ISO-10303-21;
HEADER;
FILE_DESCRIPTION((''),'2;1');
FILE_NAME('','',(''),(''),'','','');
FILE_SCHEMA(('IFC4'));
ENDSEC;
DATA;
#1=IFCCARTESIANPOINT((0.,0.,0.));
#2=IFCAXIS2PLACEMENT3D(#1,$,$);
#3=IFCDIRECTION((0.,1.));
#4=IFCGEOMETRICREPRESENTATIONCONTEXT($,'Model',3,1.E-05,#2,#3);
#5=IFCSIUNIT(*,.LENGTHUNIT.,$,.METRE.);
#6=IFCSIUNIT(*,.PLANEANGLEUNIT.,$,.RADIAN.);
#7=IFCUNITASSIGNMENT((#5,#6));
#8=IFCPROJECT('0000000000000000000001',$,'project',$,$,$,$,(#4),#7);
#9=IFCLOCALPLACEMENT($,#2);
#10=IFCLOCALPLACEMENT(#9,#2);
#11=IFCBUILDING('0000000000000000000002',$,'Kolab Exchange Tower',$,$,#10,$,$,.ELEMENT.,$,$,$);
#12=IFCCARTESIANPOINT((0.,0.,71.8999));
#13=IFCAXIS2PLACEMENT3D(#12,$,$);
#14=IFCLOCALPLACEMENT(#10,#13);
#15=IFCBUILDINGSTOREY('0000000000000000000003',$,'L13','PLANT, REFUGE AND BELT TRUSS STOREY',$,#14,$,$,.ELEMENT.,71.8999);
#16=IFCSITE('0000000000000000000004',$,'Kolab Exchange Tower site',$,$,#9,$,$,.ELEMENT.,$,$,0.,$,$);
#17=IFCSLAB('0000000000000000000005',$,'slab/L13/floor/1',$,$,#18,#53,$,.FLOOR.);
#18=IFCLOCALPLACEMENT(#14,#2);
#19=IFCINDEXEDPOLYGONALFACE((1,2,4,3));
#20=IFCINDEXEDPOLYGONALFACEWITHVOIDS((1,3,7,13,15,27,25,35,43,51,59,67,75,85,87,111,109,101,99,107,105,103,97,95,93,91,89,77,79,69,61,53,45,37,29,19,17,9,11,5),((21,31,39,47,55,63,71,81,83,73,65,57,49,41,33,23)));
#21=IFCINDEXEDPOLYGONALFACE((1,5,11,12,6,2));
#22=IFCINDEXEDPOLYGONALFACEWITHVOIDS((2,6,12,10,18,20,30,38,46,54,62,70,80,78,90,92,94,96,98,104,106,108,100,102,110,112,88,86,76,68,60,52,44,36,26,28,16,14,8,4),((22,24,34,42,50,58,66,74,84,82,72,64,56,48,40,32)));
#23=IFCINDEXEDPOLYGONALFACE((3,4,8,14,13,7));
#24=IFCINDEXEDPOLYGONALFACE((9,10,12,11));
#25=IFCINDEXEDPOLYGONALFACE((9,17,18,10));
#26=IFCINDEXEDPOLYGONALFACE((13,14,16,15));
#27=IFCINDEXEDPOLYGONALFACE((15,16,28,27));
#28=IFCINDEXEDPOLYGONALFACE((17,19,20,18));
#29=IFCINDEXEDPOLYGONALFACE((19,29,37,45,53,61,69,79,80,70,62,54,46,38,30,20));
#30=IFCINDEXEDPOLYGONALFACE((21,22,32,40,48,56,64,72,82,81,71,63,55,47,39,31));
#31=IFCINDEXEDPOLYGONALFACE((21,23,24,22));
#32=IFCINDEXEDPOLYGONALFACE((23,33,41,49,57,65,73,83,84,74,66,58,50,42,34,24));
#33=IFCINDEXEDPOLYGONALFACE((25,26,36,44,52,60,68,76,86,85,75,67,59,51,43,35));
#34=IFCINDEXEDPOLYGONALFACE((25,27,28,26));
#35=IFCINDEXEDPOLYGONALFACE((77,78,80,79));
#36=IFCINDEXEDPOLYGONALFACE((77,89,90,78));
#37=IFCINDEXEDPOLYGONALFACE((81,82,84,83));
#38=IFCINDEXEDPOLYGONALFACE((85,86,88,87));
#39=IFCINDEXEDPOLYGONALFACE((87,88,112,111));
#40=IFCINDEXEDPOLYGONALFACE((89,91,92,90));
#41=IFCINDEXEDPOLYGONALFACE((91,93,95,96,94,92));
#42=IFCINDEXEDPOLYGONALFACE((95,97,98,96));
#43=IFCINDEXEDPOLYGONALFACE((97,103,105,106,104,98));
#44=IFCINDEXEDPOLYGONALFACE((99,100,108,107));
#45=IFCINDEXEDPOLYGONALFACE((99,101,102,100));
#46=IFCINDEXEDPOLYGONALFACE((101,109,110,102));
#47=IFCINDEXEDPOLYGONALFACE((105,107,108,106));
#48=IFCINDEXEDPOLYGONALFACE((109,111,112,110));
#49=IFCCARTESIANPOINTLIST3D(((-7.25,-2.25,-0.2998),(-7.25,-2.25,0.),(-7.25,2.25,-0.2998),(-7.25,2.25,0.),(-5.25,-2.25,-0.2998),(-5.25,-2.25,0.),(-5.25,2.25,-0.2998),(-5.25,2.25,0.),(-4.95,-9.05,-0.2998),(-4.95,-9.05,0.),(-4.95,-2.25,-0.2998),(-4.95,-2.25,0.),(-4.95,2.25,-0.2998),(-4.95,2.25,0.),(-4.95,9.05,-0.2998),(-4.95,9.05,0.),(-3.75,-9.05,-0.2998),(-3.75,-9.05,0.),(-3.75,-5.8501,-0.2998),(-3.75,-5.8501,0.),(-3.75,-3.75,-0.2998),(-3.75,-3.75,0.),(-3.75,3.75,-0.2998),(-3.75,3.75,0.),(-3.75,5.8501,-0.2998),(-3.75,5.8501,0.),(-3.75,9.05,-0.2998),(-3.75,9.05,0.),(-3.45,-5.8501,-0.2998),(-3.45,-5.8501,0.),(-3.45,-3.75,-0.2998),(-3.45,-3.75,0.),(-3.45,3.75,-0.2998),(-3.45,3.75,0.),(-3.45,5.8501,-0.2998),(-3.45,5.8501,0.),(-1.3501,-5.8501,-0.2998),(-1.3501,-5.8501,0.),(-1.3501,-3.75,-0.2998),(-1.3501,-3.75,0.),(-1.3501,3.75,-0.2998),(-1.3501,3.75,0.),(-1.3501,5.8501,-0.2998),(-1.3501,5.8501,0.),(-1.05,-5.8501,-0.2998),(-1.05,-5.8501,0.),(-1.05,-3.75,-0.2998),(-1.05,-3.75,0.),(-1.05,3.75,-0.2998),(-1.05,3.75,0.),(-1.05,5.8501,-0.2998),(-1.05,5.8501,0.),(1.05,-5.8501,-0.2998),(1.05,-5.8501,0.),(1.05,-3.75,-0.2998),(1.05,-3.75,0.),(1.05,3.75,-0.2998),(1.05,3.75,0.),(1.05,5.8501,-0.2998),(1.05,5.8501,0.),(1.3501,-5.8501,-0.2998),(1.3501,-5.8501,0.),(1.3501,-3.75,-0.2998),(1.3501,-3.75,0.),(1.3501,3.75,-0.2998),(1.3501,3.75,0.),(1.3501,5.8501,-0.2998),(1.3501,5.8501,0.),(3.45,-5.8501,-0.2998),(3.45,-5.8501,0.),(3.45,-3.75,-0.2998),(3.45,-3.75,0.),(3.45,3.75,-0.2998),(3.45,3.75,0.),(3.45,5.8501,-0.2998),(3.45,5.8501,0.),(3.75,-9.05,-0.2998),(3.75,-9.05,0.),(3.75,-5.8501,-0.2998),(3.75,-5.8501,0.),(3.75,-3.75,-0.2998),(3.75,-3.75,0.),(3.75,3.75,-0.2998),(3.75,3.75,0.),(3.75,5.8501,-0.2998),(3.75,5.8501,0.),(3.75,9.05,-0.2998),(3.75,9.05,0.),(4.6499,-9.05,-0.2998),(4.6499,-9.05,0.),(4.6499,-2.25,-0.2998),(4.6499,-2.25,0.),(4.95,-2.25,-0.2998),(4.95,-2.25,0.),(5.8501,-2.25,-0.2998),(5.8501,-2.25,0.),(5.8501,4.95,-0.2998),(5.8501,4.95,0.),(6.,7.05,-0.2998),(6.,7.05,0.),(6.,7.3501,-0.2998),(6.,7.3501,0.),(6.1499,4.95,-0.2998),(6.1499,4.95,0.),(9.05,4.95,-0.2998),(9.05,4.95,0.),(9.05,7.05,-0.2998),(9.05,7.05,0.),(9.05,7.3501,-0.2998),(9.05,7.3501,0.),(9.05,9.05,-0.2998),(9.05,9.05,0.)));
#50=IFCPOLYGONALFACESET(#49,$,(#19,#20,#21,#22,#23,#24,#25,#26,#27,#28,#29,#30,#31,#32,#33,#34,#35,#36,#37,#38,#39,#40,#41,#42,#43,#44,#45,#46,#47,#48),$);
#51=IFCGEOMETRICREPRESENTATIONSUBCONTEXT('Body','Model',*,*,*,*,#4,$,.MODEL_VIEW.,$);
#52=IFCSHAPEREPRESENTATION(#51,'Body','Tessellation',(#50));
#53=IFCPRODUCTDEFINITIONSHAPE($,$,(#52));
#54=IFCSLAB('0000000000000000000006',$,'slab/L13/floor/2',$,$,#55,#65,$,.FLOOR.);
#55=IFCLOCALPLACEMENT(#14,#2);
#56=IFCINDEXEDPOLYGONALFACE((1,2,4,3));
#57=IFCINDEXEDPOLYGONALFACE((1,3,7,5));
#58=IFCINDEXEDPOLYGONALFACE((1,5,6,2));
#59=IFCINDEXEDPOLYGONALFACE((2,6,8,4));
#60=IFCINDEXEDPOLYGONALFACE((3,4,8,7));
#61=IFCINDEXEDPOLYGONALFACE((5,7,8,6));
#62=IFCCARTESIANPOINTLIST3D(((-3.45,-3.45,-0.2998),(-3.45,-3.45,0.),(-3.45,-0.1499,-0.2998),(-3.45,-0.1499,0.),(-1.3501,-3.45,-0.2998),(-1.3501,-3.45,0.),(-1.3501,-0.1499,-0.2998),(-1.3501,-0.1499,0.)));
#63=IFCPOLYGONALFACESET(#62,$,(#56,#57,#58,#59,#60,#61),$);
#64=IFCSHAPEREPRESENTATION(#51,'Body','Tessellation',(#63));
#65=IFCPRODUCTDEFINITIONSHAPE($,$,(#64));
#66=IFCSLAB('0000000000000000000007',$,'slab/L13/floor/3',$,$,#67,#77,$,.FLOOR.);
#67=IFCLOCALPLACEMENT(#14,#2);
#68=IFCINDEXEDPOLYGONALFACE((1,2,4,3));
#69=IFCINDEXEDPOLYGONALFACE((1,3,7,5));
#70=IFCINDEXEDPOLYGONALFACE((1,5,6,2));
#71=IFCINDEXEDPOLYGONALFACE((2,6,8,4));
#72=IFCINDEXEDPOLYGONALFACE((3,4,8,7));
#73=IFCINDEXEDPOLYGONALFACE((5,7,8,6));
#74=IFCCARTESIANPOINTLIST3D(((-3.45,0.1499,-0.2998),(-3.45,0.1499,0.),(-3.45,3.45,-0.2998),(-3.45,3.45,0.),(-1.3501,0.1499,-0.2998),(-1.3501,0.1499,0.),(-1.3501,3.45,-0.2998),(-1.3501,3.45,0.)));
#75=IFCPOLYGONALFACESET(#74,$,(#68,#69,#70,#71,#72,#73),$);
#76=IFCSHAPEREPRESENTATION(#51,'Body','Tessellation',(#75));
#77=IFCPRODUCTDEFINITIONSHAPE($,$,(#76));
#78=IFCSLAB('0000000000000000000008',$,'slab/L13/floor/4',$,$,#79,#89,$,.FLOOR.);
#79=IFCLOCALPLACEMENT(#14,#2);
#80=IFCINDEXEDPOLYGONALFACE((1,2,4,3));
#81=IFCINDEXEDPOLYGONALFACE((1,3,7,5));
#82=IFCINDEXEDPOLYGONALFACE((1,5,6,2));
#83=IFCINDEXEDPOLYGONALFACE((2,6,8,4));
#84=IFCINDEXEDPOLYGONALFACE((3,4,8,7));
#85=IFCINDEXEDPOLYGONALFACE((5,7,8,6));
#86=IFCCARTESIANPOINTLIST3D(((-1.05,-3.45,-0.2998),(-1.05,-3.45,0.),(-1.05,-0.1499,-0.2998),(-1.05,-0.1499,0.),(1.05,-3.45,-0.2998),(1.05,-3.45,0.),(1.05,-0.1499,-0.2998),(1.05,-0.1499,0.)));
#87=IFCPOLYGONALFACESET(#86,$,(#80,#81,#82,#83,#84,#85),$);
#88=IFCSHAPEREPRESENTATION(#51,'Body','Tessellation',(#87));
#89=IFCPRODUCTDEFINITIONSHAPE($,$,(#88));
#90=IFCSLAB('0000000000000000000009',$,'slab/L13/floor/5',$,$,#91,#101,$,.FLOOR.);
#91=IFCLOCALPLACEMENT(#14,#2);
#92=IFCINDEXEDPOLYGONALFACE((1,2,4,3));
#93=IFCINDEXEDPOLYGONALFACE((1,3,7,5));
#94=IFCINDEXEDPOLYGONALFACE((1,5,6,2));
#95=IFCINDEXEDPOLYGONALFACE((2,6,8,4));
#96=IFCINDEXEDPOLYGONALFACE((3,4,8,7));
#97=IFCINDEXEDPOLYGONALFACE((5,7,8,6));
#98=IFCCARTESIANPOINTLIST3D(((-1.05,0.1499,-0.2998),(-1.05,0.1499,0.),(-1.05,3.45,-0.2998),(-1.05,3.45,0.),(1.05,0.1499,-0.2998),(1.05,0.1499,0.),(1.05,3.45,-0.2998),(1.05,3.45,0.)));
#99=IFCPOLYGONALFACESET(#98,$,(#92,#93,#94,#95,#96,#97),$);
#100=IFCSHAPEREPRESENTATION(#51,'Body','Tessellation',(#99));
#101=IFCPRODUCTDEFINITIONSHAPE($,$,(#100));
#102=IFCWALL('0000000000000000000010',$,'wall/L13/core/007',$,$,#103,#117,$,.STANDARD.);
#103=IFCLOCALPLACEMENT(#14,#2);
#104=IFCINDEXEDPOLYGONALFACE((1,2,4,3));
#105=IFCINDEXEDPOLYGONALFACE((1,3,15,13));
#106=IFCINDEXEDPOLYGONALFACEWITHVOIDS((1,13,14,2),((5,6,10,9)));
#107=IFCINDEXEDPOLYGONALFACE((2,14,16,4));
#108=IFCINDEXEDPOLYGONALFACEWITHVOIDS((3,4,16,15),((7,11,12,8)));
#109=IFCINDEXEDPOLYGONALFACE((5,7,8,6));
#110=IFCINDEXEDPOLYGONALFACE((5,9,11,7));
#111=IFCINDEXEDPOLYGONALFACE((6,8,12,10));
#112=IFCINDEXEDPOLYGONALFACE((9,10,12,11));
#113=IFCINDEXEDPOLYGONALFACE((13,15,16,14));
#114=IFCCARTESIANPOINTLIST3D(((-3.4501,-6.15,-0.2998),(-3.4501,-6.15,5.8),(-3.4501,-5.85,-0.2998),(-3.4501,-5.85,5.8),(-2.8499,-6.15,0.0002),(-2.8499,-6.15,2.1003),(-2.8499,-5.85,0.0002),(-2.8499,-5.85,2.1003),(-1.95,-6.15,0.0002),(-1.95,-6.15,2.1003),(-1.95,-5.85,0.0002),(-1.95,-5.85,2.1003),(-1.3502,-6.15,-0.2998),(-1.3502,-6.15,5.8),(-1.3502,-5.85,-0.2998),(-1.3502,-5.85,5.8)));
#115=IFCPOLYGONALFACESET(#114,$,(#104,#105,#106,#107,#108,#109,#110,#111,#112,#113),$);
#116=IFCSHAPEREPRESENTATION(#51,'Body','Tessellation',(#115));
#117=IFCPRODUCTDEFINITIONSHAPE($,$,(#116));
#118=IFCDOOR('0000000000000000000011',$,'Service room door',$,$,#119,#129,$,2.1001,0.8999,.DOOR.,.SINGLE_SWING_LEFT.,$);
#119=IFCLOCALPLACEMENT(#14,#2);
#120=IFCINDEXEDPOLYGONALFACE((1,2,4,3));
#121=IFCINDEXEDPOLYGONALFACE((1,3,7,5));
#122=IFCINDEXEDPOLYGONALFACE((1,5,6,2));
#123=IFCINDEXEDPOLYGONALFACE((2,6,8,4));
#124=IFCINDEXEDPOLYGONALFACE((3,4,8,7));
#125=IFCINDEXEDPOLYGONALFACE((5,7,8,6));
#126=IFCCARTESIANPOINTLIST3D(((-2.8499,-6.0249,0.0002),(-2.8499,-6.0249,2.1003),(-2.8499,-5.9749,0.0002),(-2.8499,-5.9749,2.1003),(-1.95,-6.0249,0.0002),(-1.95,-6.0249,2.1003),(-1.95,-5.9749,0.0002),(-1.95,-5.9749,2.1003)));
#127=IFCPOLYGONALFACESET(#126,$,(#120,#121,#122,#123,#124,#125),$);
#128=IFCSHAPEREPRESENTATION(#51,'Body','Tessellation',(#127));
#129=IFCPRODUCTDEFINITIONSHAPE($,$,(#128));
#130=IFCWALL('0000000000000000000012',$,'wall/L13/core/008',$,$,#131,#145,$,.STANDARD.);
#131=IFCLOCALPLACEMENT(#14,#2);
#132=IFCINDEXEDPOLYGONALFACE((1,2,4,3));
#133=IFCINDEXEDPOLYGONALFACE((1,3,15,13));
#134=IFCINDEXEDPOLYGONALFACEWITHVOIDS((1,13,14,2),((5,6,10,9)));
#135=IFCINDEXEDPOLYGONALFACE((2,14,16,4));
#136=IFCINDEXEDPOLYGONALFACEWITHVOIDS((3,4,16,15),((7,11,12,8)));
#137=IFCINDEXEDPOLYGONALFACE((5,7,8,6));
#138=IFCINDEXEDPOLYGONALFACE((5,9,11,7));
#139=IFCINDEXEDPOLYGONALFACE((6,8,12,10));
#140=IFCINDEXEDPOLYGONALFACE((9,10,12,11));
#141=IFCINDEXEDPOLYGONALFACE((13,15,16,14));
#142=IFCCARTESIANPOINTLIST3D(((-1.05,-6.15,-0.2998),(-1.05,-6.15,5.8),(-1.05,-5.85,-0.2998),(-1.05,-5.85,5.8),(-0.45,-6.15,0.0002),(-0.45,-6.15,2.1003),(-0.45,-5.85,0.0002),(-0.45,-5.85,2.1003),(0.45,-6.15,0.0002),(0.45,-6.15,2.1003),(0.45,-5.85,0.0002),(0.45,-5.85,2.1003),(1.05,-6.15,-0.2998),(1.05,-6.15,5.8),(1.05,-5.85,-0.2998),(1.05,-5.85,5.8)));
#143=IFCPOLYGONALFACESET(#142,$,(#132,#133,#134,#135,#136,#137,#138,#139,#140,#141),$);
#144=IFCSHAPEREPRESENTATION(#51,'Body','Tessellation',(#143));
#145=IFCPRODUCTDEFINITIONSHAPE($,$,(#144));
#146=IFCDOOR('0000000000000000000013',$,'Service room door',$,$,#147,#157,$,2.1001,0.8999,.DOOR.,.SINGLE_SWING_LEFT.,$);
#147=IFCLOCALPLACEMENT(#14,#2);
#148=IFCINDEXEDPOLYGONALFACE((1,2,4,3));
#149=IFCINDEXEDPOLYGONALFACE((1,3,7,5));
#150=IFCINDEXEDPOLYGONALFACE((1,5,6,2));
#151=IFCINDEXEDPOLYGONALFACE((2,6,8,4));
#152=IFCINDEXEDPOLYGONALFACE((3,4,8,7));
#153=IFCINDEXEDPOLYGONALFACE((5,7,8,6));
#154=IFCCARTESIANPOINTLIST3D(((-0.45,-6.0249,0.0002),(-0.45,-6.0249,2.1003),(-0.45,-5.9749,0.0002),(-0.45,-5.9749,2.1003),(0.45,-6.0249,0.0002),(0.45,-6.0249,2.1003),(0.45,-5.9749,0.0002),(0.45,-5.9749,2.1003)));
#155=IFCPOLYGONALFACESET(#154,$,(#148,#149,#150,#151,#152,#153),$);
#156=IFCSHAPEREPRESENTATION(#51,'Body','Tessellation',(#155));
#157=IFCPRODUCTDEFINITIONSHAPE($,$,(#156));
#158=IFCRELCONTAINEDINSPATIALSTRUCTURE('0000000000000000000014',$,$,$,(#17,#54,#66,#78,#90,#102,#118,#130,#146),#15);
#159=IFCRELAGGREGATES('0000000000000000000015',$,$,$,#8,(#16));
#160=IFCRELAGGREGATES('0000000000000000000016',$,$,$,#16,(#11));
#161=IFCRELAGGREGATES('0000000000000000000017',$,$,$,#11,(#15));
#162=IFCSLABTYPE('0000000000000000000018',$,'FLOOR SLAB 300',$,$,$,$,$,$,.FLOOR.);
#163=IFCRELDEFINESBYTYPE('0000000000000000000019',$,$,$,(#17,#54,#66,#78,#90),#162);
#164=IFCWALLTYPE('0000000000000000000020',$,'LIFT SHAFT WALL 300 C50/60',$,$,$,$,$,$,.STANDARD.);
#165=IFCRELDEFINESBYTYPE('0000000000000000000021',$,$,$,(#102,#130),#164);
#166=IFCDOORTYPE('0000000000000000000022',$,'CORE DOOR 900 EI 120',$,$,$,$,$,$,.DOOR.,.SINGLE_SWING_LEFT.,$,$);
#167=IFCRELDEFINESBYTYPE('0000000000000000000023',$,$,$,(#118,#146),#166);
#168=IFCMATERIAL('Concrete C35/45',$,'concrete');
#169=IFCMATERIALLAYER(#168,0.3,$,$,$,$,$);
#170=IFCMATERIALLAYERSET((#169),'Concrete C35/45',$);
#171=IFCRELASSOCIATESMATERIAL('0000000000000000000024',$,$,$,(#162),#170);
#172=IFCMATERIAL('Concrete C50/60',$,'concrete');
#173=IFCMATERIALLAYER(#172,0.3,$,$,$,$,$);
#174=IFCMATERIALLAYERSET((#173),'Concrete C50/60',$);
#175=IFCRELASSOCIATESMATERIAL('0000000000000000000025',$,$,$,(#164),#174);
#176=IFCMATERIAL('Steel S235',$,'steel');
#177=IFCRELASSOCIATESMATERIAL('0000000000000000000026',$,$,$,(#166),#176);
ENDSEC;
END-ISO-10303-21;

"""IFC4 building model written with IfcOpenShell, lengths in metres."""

from ifc_helpers import new_model, si_unit, direction, frame, frame_2d, origin, place, context, subcontext, project, spatial, polyline, rectangle, outline, extrude, material, layer, layer_set, type_object, element, fill, save


model = new_model("IFC4")

# Units and contexts
model_context = context("Model", 3, precision=1e-05, world=origin(), true_north=direction((0.0, 1.0)))
body_context = subcontext(model_context, "Body", "Model", "MODEL_VIEW")
ifc_project = project(units=[si_unit("LENGTHUNIT", "METRE"), si_unit("PLANEANGLEUNIT", "RADIAN")], contexts=[model_context])

# Site, building, storey
site_placement = place(None, origin())
site = spatial("IfcSite", under=ifc_project, at=site_placement, Name="Kolab Exchange Tower site", CompositionType="ELEMENT", RefElevation=0.0)
building_placement = place(site_placement, origin())
building = spatial("IfcBuilding", under=site, at=building_placement, Name="Kolab Exchange Tower", CompositionType="ELEMENT")
storey_placement = place(building_placement, frame((0.0, 0.0, 71.8999)))
storey = spatial("IfcBuildingStorey", under=building, at=storey_placement, Name="L13", Description="PLANT, REFUGE AND BELT TRUSS STOREY", CompositionType="ELEMENT", Elevation=71.8999)

# Slabs
ifc_material_1 = material(Name="Concrete C35/45", Category="concrete")
ifc_layer_1 = layer(ifc_material_1, 0.3)
ifc_layer_set_1 = layer_set([ifc_layer_1], Name="Concrete C35/45")
slab_type = type_object("IfcSlabType", Name="FLOOR SLAB 300", PredefinedType="FLOOR", material=ifc_layer_set_1)
slab_1_placement = place(storey_placement, frame((0.0, 0.0, -0.2998)))
element("IfcSlab", 1, at=slab_1_placement, inside=storey, type_object=slab_type, Name="slab/L13/floor/1", PredefinedType="FLOOR", context=body_context, shape_type="SweptSolid", body=[
    extrude(outline(polyline([(-5.25, 2.25), (-7.25, 2.25), (-7.25, -2.25), (-5.25, -2.25), (-4.95, -2.25), (-4.95, -9.05), (-3.75, -9.05), (-3.75, -5.8501), (-3.45, -5.8501), (-1.3501, -5.8501), (-1.05, -5.8501), (1.05, -5.8501), (1.3501, -5.8501), (3.45, -5.8501), (3.75, -5.8501), (3.75, -9.05), (4.6499, -9.05), (4.6499, -2.25), (4.95, -2.25), (5.8501, -2.25), (5.8501, 4.95), (6.1499, 4.95), (9.05, 4.95), (9.05, 7.05), (6.0, 7.05), (6.0, 7.3501), (9.05, 7.3501), (9.05, 9.05), (3.75, 9.05), (3.75, 5.8501), (3.45, 5.8501), (1.3501, 5.8501), (1.05, 5.8501), (-1.05, 5.8501), (-1.3501, 5.8501), (-3.45, 5.8501), (-3.75, 5.8501), (-3.75, 9.05), (-4.95, 9.05), (-4.95, 2.25), (-5.25, 2.25)]), holes=[polyline([(-1.3501, 3.75), (-1.05, 3.75), (1.05, 3.75), (1.3501, 3.75), (3.45, 3.75), (3.75, 3.75), (3.75, -3.75), (3.45, -3.75), (1.3501, -3.75), (1.05, -3.75), (-1.05, -3.75), (-1.3501, -3.75), (-3.45, -3.75), (-3.75, -3.75), (-3.75, 3.75), (-3.45, 3.75), (-1.3501, 3.75)])]), origin(), (0.0, 0.0, 1.0), 0.2998),
])
slab_2_placement = place(storey_placement, frame((0.0, 0.0, -0.2998)))
element("IfcSlab", 2, at=slab_2_placement, inside=storey, type_object=slab_type, Name="slab/L13/floor/2", PredefinedType="FLOOR", context=body_context, shape_type="SweptSolid", body=[
    extrude(outline(polyline([(-3.45, -3.45), (-1.3501, -3.45), (-1.3501, -0.1499), (-3.45, -0.1499), (-3.45, -3.45)])), origin(), (0.0, 0.0, 1.0), 0.2998),
])
slab_3_placement = place(storey_placement, frame((0.0, 0.0, -0.2998)))
element("IfcSlab", 3, at=slab_3_placement, inside=storey, type_object=slab_type, Name="slab/L13/floor/3", PredefinedType="FLOOR", context=body_context, shape_type="SweptSolid", body=[
    extrude(outline(polyline([(-1.3501, 0.1499), (-1.3501, 3.45), (-3.45, 3.45), (-3.45, 0.1499), (-1.3501, 0.1499)])), origin(), (0.0, 0.0, 1.0), 0.2998),
])
slab_4_placement = place(storey_placement, frame((0.0, 0.0, -0.2998)))
element("IfcSlab", 4, at=slab_4_placement, inside=storey, type_object=slab_type, Name="slab/L13/floor/4", PredefinedType="FLOOR", context=body_context, shape_type="SweptSolid", body=[
    extrude(outline(polyline([(-1.05, -0.1499), (-1.05, -3.45), (1.05, -3.45), (1.05, -0.1499), (-1.05, -0.1499)])), origin(), (0.0, 0.0, 1.0), 0.2998),
])
slab_5_placement = place(storey_placement, frame((0.0, 0.0, -0.2998)))
element("IfcSlab", 5, at=slab_5_placement, inside=storey, type_object=slab_type, Name="slab/L13/floor/5", PredefinedType="FLOOR", context=body_context, shape_type="SweptSolid", body=[
    extrude(outline(polyline([(-1.05, 3.45), (-1.05, 0.1499), (1.05, 0.1499), (1.05, 3.45), (-1.05, 3.45)])), origin(), (0.0, 0.0, 1.0), 0.2998),
])

# Walls, openings, doors
ifc_material_2 = material(Name="Concrete C50/60", Category="concrete")
ifc_layer_2 = layer(ifc_material_2, 0.3)
ifc_layer_set_2 = layer_set([ifc_layer_2], Name="Concrete C50/60")
wall_type_1 = type_object("IfcWallType", Name="LIFT SHAFT WALL 300 C50/60", PredefinedType="STANDARD", material=ifc_layer_set_2)
wall_1_placement = place(storey_placement, frame((-3.45, -6.0, -0.2998), z_axis=(0.0, 0.0, 1.0), x_axis=(1.0, 0.0, 0.0)))
wall_1 = element("IfcWall", 6, at=wall_1_placement, inside=storey, type_object=wall_type_1, Name="wall/L13/core/007", PredefinedType="STANDARD", context=body_context, shape_type="SweptSolid", body=[
    extrude(rectangle(XDim=2.0999, YDim=0.3, at=frame_2d((1.0498, 0.0))), origin(), (0.0, 0.0, 1.0), 6.0999),
])
opening_1_placement = place(wall_1_placement, frame((0.6001, 0.0, 0.3)))
opening_1 = element("IfcOpeningElement", 7, at=opening_1_placement, cuts=wall_1, PredefinedType="OPENING", context=body_context, shape_type="SweptSolid", body=[
    extrude(rectangle(XDim=0.8999, YDim=2.1001, at=frame_2d((0.45, 1.05))), frame((0.0, 0.1602, 0.0), z_axis=(0.0, -1.0, 0.0), x_axis=(1.0, 0.0, 0.0)), (0.0, 0.0, 1.0), 0.3201),
])
ifc_material_3 = material(Name="Steel S235", Category="steel")
door_type = type_object("IfcDoorType", Name="CORE DOOR 900 EI 120", OperationType="SINGLE_SWING_LEFT", PredefinedType="DOOR", material=ifc_material_3)
door_1_placement = place(opening_1_placement, frame((0.8999, 0.0, 0.0), z_axis=(0.0, 0.0, 1.0), x_axis=(-1.0, 0.0, 0.0)))
door_1 = element("IfcDoor", 8, at=door_1_placement, inside=storey, type_object=door_type, Name="Service room door", OperationType="SINGLE_SWING_LEFT", OverallHeight=2.1001, OverallWidth=0.8999, PredefinedType="DOOR", context=body_context, shape_type="SweptSolid", body=[
    extrude(rectangle(XDim=0.8999, YDim=2.1001, at=frame_2d((0.45, 1.05))), frame((0.0, 0.0249, 0.0), z_axis=(0.0, -1.0, 0.0), x_axis=(1.0, 0.0, 0.0)), (0.0, 0.0, 1.0), 0.05),
])
fill(opening_1, door_1)
wall_2_placement = place(storey_placement, frame((-1.05, -6.0, -0.2998), z_axis=(0.0, 0.0, 1.0), x_axis=(1.0, 0.0, 0.0)))
wall_2 = element("IfcWall", 9, at=wall_2_placement, inside=storey, type_object=wall_type_1, Name="wall/L13/core/008", PredefinedType="STANDARD", context=body_context, shape_type="SweptSolid", body=[
    extrude(rectangle(XDim=2.1001, YDim=0.3, at=frame_2d((1.05, 0.0))), origin(), (0.0, 0.0, 1.0), 6.0999),
])
opening_2_placement = place(wall_2_placement, frame((0.6001, 0.0, 0.3)))
opening_2 = element("IfcOpeningElement", 10, at=opening_2_placement, cuts=wall_2, PredefinedType="OPENING", context=body_context, shape_type="SweptSolid", body=[
    extrude(rectangle(XDim=0.8999, YDim=2.1001, at=frame_2d((0.45, 1.05))), frame((0.0, 0.1602, 0.0), z_axis=(0.0, -1.0, 0.0), x_axis=(1.0, 0.0, 0.0)), (0.0, 0.0, 1.0), 0.3201),
])
door_2_placement = place(opening_2_placement, frame((0.8999, 0.0, 0.0), z_axis=(0.0, 0.0, 1.0), x_axis=(-1.0, 0.0, 0.0)))
door_2 = element("IfcDoor", 11, at=door_2_placement, inside=storey, type_object=door_type, Name="Service room door", OperationType="SINGLE_SWING_LEFT", OverallHeight=2.1001, OverallWidth=0.8999, PredefinedType="DOOR", context=body_context, shape_type="SweptSolid", body=[
    extrude(rectangle(XDim=0.8999, YDim=2.1001, at=frame_2d((0.45, 1.05))), frame((0.0, 0.0249, 0.0), z_axis=(0.0, -1.0, 0.0), x_axis=(1.0, 0.0, 0.0)), (0.0, 0.0, 1.0), 0.05),
])
fill(opening_2, door_2)

save(model, "model.ifc")
